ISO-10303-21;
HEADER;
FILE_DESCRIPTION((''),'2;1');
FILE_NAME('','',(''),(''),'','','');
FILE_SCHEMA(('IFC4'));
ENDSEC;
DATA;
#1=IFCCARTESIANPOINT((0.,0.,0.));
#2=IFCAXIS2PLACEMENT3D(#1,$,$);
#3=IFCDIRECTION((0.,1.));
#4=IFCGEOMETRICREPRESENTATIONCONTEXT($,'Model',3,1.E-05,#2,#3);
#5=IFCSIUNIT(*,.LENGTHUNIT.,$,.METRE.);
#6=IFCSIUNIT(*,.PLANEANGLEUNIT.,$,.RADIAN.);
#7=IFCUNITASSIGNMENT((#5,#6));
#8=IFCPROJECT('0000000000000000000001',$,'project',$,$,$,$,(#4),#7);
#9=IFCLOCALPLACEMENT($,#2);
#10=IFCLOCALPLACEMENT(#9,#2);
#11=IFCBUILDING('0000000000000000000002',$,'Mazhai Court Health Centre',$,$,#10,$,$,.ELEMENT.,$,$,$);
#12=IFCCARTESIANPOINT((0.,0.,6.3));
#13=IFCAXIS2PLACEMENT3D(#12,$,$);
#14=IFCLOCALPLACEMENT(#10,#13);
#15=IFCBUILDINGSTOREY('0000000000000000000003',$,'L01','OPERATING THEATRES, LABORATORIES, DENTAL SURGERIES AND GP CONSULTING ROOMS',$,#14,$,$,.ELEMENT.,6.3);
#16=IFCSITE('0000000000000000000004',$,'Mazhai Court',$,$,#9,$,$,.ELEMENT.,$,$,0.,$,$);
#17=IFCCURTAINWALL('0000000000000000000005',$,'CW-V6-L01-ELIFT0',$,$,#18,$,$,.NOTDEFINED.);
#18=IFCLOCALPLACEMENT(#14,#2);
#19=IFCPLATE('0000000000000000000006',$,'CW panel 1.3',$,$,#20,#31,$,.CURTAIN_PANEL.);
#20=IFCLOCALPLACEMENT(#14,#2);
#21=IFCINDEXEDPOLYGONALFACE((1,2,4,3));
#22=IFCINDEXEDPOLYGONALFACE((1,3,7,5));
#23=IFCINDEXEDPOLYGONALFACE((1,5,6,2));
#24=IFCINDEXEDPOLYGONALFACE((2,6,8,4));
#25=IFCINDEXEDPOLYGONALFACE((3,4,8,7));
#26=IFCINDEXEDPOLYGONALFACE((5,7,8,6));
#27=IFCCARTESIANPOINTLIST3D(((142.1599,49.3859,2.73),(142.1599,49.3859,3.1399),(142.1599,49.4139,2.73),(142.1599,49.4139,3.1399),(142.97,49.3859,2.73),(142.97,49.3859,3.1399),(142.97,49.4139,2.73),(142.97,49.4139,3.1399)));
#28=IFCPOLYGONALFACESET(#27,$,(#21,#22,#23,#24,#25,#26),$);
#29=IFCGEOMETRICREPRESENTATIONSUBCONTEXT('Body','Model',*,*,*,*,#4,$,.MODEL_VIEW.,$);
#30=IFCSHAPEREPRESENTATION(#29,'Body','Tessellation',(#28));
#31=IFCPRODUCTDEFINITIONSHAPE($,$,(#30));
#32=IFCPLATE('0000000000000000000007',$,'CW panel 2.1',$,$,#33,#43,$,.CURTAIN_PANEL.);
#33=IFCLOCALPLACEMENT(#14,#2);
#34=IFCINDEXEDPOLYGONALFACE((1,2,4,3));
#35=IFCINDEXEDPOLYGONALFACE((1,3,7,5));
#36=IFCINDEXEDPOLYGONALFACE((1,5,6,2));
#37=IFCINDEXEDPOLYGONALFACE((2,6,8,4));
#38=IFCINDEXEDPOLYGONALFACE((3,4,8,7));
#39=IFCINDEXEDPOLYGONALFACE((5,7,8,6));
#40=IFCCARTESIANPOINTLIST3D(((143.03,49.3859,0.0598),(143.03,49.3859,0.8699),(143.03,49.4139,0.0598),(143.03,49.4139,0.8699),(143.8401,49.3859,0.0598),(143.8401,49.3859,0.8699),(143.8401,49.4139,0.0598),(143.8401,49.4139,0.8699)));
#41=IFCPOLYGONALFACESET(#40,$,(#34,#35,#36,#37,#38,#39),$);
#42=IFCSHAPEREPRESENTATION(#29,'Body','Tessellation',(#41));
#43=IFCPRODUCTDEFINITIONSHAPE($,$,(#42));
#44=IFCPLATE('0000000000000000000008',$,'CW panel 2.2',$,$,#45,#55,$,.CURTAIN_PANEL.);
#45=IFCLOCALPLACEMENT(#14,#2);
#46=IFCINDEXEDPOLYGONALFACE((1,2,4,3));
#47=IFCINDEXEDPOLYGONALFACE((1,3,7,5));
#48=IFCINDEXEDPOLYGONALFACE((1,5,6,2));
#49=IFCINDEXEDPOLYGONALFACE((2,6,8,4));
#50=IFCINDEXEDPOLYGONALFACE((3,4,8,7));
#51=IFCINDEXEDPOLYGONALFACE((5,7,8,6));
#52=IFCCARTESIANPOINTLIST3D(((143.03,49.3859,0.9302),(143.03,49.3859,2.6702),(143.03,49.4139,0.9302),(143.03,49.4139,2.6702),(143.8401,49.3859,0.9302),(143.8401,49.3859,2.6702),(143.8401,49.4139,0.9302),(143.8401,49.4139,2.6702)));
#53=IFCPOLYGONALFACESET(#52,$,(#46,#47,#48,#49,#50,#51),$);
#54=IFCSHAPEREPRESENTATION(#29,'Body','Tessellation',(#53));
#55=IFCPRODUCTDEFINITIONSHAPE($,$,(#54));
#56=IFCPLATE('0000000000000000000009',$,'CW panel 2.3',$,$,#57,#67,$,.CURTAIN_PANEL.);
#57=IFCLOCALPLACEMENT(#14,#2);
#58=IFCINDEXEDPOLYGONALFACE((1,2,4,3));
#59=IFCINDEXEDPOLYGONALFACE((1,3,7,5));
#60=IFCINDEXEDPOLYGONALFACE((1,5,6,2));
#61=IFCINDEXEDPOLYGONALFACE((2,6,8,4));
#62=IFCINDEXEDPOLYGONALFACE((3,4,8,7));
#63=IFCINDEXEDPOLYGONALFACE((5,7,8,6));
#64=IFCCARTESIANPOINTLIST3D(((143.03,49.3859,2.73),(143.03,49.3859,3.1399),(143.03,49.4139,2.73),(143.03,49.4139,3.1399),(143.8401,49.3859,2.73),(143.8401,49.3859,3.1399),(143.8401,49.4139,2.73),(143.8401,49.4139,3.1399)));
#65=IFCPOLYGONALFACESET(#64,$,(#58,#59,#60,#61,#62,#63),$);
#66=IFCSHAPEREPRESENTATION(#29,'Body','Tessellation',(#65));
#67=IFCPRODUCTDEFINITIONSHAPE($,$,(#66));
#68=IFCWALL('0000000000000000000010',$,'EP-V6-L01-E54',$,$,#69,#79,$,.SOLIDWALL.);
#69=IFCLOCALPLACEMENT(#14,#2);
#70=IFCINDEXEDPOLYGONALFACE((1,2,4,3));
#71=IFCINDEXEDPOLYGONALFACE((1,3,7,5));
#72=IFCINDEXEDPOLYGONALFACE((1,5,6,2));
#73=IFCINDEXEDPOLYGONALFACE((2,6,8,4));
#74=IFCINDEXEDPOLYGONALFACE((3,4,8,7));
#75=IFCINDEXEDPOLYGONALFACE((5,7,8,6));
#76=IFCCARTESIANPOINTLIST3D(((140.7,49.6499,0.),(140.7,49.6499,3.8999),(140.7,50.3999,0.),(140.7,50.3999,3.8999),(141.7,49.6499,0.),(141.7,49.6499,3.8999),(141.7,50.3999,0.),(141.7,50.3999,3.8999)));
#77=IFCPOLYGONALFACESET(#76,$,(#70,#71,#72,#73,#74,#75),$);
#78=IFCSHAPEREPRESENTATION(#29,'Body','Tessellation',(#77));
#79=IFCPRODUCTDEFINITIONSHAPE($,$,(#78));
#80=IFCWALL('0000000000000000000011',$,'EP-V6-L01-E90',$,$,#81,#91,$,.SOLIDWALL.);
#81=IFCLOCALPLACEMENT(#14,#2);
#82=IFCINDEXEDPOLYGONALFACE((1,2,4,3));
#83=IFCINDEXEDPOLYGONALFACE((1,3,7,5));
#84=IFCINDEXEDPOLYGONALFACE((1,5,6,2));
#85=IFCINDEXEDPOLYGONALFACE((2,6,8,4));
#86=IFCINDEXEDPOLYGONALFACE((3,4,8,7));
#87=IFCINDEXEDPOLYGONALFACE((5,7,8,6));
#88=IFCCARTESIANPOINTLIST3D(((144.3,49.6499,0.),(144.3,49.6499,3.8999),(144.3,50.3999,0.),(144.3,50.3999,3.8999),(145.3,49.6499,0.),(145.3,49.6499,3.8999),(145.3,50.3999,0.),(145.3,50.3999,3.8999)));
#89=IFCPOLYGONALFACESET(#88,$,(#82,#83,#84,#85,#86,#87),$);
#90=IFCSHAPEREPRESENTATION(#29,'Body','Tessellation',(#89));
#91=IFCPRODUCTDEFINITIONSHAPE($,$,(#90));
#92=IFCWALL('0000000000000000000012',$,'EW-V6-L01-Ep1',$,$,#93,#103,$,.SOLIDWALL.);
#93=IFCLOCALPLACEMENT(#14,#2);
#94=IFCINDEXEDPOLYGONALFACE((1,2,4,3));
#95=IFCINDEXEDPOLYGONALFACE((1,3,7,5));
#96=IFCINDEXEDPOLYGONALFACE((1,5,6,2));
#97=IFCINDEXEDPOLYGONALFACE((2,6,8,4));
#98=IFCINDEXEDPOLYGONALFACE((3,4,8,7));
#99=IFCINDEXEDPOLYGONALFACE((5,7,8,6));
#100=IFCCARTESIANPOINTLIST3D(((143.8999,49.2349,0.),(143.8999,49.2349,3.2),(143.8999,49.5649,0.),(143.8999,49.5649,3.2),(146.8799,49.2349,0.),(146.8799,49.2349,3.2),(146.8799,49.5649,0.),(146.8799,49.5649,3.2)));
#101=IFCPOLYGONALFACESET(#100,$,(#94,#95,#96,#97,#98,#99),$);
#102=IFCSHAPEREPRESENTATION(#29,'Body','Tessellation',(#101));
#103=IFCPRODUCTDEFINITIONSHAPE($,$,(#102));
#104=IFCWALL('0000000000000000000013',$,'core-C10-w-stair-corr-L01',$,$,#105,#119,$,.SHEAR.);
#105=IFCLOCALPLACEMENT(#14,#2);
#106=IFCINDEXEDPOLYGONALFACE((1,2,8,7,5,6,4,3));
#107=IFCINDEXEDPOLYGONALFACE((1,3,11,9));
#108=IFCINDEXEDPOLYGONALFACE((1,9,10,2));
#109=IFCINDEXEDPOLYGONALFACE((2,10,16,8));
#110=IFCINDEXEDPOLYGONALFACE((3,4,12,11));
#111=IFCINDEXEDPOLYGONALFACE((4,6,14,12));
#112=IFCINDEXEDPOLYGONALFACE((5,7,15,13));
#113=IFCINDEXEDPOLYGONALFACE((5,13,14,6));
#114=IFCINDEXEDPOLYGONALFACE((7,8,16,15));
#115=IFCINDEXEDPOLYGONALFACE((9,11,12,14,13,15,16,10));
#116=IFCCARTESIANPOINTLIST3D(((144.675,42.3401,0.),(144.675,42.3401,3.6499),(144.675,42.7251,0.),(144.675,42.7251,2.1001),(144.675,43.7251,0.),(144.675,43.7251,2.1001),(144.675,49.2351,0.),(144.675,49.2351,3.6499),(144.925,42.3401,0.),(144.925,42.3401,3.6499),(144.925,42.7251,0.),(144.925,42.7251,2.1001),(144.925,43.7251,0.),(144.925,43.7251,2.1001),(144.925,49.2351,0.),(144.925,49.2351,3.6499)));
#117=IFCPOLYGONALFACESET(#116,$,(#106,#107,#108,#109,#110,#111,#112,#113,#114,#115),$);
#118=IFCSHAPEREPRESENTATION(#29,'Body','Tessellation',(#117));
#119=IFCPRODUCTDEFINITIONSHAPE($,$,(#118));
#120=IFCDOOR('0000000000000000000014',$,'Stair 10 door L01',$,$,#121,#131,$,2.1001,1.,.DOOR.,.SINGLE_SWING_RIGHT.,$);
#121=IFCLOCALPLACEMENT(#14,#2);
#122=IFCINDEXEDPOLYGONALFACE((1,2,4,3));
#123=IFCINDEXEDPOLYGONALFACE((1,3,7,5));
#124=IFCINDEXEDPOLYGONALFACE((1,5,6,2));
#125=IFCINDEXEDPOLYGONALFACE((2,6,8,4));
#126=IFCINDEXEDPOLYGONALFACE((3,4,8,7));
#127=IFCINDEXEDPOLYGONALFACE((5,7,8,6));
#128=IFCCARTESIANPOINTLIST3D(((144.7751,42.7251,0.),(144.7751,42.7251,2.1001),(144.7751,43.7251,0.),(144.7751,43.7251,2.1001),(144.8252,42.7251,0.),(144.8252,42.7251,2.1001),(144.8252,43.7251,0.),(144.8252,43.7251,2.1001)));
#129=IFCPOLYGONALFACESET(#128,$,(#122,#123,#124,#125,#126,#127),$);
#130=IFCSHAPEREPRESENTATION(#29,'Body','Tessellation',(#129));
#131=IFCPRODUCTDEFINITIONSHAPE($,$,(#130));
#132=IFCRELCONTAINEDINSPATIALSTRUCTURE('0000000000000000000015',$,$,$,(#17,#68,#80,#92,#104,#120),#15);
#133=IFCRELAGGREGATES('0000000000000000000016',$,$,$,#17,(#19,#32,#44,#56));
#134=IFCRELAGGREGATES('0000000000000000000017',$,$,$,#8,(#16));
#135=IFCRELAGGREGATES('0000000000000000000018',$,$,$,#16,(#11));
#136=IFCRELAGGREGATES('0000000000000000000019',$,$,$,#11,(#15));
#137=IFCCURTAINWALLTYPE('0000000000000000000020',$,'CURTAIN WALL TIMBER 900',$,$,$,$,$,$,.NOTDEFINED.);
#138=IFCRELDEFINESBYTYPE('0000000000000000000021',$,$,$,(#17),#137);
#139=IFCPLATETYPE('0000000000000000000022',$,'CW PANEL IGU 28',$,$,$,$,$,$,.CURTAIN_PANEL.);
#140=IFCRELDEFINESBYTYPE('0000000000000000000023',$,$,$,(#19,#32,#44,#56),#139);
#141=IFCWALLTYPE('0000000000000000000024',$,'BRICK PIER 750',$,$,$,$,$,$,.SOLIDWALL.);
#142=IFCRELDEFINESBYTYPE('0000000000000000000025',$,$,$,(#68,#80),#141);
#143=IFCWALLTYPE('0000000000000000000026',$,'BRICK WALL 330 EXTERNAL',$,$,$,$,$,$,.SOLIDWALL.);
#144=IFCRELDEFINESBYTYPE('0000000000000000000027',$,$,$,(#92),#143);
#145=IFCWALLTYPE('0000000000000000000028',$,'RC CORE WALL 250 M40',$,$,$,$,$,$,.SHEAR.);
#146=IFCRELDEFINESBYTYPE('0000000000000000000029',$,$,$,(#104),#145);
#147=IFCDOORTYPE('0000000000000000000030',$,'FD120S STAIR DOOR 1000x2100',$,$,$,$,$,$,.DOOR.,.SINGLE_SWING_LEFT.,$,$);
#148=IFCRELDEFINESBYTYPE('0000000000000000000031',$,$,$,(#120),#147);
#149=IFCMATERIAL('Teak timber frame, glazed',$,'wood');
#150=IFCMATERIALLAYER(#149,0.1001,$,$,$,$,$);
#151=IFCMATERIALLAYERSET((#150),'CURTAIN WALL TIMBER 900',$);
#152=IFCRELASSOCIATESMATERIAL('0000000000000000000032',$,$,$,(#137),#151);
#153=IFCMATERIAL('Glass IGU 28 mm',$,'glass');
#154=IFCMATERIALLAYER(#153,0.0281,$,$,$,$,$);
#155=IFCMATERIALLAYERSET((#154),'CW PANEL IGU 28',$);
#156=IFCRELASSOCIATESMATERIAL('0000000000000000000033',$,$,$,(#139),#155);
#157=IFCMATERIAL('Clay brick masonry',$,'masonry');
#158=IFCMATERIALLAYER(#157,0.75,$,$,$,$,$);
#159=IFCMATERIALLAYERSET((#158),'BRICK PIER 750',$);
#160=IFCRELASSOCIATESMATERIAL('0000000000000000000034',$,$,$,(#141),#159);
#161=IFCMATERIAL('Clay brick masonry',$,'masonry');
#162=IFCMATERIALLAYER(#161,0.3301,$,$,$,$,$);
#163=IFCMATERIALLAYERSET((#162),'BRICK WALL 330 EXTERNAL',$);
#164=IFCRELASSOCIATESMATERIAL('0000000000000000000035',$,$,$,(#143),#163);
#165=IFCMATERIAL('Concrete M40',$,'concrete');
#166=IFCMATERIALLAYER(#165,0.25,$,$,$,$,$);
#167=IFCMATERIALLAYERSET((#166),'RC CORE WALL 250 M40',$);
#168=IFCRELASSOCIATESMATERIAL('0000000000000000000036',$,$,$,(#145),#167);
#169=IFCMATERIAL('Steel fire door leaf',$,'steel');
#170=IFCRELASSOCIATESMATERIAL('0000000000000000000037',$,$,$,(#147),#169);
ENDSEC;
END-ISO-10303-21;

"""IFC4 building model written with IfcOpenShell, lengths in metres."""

from ifc_helpers import new_model, si_unit, direction, frame, frame_2d, origin, origin_2d, place, context, subcontext, project, spatial, rectangle, extrude, material, layer, layer_set, type_object, element, fill, aggregate, save


model = new_model("IFC4")

# Units and contexts
model_context = context("Model", 3, precision=1e-05, world=origin(), true_north=direction((0.0, 1.0)))
body_context = subcontext(model_context, "Body", "Model", "MODEL_VIEW")
ifc_project = project(units=[si_unit("LENGTHUNIT", "METRE"), si_unit("PLANEANGLEUNIT", "RADIAN")], contexts=[model_context])

# Site, building, storey
site_placement = place(None, origin())
site = spatial("IfcSite", under=ifc_project, at=site_placement, Name="Mazhai Court", CompositionType="ELEMENT", RefElevation=0.0)
building_placement = place(site_placement, origin())
building = spatial("IfcBuilding", under=site, at=building_placement, Name="Mazhai Court Health Centre", CompositionType="ELEMENT")
storey_placement = place(building_placement, frame((0.0, 0.0, 6.3)))
storey = spatial("IfcBuildingStorey", under=building, at=storey_placement, Name="L01", Description="OPERATING THEATRES, LABORATORIES, DENTAL SURGERIES AND GP CONSULTING ROOMS", CompositionType="ELEMENT", Elevation=6.3)

# Curtain wall, plates
ifc_material_1 = material(Name="Teak timber frame, glazed", Category="wood")
ifc_layer_1 = layer(ifc_material_1, 0.1001)
ifc_layer_set_1 = layer_set([ifc_layer_1], Name="CURTAIN WALL TIMBER 900")
curtain_wall_type = type_object("IfcCurtainWallType", Name="CURTAIN WALL TIMBER 900", PredefinedType="NOTDEFINED", material=ifc_layer_set_1)
curtain_wall_placement = place(storey_placement, origin())
curtain_wall = element("IfcCurtainWall", 1, at=curtain_wall_placement, inside=storey, type_object=curtain_wall_type, Name="CW-V6-L01-ELIFT0", PredefinedType="NOTDEFINED")
ifc_material_2 = material(Name="Glass IGU 28 mm", Category="glass")
ifc_layer_2 = layer(ifc_material_2, 0.0281)
ifc_layer_set_2 = layer_set([ifc_layer_2], Name="CW PANEL IGU 28")
plate_type = type_object("IfcPlateType", Name="CW PANEL IGU 28", PredefinedType="CURTAIN_PANEL", material=ifc_layer_set_2)
plate_1_placement = place(storey_placement, frame((142.5649, 49.3999, 2.73), z_axis=(0.0, 0.0, 1.0), x_axis=(1.0, 0.0, 0.0)))
plate_1 = element("IfcPlate", 2, at=plate_1_placement, type_object=plate_type, Name="CW panel 1.3", PredefinedType="CURTAIN_PANEL", context=body_context, shape_type="SweptSolid", body=[
    extrude(rectangle(XDim=0.8101, YDim=0.0281, at=origin_2d()), origin(), (0.0, 0.0, 1.0), 0.4099),
])
plate_2_placement = place(storey_placement, frame((143.4351, 49.3999, 0.0598), z_axis=(0.0, 0.0, 1.0), x_axis=(1.0, 0.0, 0.0)))
plate_2 = element("IfcPlate", 3, at=plate_2_placement, type_object=plate_type, Name="CW panel 2.1", PredefinedType="CURTAIN_PANEL", context=body_context, shape_type="SweptSolid", body=[
    extrude(rectangle(XDim=0.8101, YDim=0.0281, at=origin_2d()), origin(), (0.0, 0.0, 1.0), 0.8101),
])
plate_3_placement = place(storey_placement, frame((143.4351, 49.3999, 0.9302), z_axis=(0.0, 0.0, 1.0), x_axis=(1.0, 0.0, 0.0)))
plate_3 = element("IfcPlate", 4, at=plate_3_placement, type_object=plate_type, Name="CW panel 2.2", PredefinedType="CURTAIN_PANEL", context=body_context, shape_type="SweptSolid", body=[
    extrude(rectangle(XDim=0.8101, YDim=0.0281, at=origin_2d()), origin(), (0.0, 0.0, 1.0), 1.74),
])
plate_4_placement = place(storey_placement, frame((143.4351, 49.3999, 2.73), z_axis=(0.0, 0.0, 1.0), x_axis=(1.0, 0.0, 0.0)))
plate_4 = element("IfcPlate", 5, at=plate_4_placement, type_object=plate_type, Name="CW panel 2.3", PredefinedType="CURTAIN_PANEL", context=body_context, shape_type="SweptSolid", body=[
    extrude(rectangle(XDim=0.8101, YDim=0.0281, at=origin_2d()), origin(), (0.0, 0.0, 1.0), 0.4099),
])
aggregate(curtain_wall, [plate_1, plate_2, plate_3, plate_4])

# Walls
ifc_material_3 = material(Name="Clay brick masonry", Category="masonry")
ifc_layer_3 = layer(ifc_material_3, 0.75)
ifc_layer_set_3 = layer_set([ifc_layer_3], Name="BRICK PIER 750")
wall_type_1 = type_object("IfcWallType", Name="BRICK PIER 750", PredefinedType="SOLIDWALL", material=ifc_layer_set_3)
for number, where, z_axis, x_axis, name in (
    (6, (140.7, 50.0249, 0.0), (0.0, 0.0, 1.0), (1.0, 0.0, 0.0), "EP-V6-L01-E54"),
    (7, (144.3, 50.0249, 0.0), (0.0, 0.0, 1.0), (1.0, 0.0, 0.0), "EP-V6-L01-E90"),
):
    element("IfcWall", number, at=place(storey_placement, frame(where, z_axis=z_axis, x_axis=x_axis)), inside=storey, type_object=wall_type_1, Name=name, PredefinedType="SOLIDWALL", context=body_context, shape_type="SweptSolid", body=[
        extrude(rectangle(XDim=1.0, YDim=0.75, at=frame_2d((0.5, 0.0))), origin(), (0.0, 0.0, 1.0), 3.8999),
    ])
ifc_material_4 = material(Name="Clay brick masonry", Category="masonry")
ifc_layer_4 = layer(ifc_material_4, 0.3301)
ifc_layer_set_4 = layer_set([ifc_layer_4], Name="BRICK WALL 330 EXTERNAL")
wall_type_2 = type_object("IfcWallType", Name="BRICK WALL 330 EXTERNAL", PredefinedType="SOLIDWALL", material=ifc_layer_set_4)
wall_1_placement = place(storey_placement, frame((143.8999, 49.3999, 0.0), z_axis=(0.0, 0.0, 1.0), x_axis=(1.0, 0.0, 0.0)))
element("IfcWall", 8, at=wall_1_placement, inside=storey, type_object=wall_type_2, Name="EW-V6-L01-Ep1", PredefinedType="SOLIDWALL", context=body_context, shape_type="SweptSolid", body=[
    extrude(rectangle(XDim=2.98, YDim=0.3301, at=frame_2d((1.49, 0.0))), origin(), (0.0, 0.0, 1.0), 3.2),
])

# Wall, opening, door
ifc_material_5 = material(Name="Concrete M40", Category="concrete")
ifc_layer_5 = layer(ifc_material_5, 0.25)
ifc_layer_set_5 = layer_set([ifc_layer_5], Name="RC CORE WALL 250 M40")
wall_type_3 = type_object("IfcWallType", Name="RC CORE WALL 250 M40", PredefinedType="SHEAR", material=ifc_layer_set_5)
wall_2_placement = place(storey_placement, frame((144.8, 42.3401, 0.0), z_axis=(0.0, 0.0, 1.0), x_axis=(0.0, 1.0, 0.0)))
wall_2 = element("IfcWall", 9, at=wall_2_placement, inside=storey, type_object=wall_type_3, Name="core-C10-w-stair-corr-L01", PredefinedType="SHEAR", context=body_context, shape_type="SweptSolid", body=[
    extrude(rectangle(XDim=6.895, YDim=0.25, at=frame_2d((3.4475, 0.0))), origin(), (0.0, 0.0, 1.0), 3.6499),
])
opening_placement = place(wall_2_placement, frame((0.385, 0.0, 0.0)))
opening = element("IfcOpeningElement", 10, at=opening_placement, cuts=wall_2, PredefinedType="OPENING", context=body_context, shape_type="SweptSolid", body=[
    extrude(rectangle(XDim=1.0, YDim=2.1001, at=frame_2d((0.5, 1.05))), frame((0.0, 0.135, 0.0), z_axis=(0.0, -1.0, 0.0), x_axis=(1.0, 0.0, 0.0)), (0.0, 0.0, 1.0), 0.27),
])
ifc_material_6 = material(Name="Steel fire door leaf", Category="steel")
door_type = type_object("IfcDoorType", Name="FD120S STAIR DOOR 1000x2100", OperationType="SINGLE_SWING_LEFT", PredefinedType="DOOR", material=ifc_material_6)
door_placement = place(opening_placement, origin())
door = element("IfcDoor", 11, at=door_placement, inside=storey, type_object=door_type, Name="Stair 10 door L01", OperationType="SINGLE_SWING_RIGHT", OverallHeight=2.1001, OverallWidth=1.0, PredefinedType="DOOR", context=body_context, shape_type="SweptSolid", body=[
    extrude(rectangle(XDim=1.0, YDim=2.1001, at=frame_2d((0.5, 1.05))), frame((0.0, 0.0249, 0.0), z_axis=(0.0, -1.0, 0.0), x_axis=(1.0, 0.0, 0.0)), (0.0, 0.0, 1.0), 0.05),
])
fill(opening, door)

save(model, "model.ifc")
